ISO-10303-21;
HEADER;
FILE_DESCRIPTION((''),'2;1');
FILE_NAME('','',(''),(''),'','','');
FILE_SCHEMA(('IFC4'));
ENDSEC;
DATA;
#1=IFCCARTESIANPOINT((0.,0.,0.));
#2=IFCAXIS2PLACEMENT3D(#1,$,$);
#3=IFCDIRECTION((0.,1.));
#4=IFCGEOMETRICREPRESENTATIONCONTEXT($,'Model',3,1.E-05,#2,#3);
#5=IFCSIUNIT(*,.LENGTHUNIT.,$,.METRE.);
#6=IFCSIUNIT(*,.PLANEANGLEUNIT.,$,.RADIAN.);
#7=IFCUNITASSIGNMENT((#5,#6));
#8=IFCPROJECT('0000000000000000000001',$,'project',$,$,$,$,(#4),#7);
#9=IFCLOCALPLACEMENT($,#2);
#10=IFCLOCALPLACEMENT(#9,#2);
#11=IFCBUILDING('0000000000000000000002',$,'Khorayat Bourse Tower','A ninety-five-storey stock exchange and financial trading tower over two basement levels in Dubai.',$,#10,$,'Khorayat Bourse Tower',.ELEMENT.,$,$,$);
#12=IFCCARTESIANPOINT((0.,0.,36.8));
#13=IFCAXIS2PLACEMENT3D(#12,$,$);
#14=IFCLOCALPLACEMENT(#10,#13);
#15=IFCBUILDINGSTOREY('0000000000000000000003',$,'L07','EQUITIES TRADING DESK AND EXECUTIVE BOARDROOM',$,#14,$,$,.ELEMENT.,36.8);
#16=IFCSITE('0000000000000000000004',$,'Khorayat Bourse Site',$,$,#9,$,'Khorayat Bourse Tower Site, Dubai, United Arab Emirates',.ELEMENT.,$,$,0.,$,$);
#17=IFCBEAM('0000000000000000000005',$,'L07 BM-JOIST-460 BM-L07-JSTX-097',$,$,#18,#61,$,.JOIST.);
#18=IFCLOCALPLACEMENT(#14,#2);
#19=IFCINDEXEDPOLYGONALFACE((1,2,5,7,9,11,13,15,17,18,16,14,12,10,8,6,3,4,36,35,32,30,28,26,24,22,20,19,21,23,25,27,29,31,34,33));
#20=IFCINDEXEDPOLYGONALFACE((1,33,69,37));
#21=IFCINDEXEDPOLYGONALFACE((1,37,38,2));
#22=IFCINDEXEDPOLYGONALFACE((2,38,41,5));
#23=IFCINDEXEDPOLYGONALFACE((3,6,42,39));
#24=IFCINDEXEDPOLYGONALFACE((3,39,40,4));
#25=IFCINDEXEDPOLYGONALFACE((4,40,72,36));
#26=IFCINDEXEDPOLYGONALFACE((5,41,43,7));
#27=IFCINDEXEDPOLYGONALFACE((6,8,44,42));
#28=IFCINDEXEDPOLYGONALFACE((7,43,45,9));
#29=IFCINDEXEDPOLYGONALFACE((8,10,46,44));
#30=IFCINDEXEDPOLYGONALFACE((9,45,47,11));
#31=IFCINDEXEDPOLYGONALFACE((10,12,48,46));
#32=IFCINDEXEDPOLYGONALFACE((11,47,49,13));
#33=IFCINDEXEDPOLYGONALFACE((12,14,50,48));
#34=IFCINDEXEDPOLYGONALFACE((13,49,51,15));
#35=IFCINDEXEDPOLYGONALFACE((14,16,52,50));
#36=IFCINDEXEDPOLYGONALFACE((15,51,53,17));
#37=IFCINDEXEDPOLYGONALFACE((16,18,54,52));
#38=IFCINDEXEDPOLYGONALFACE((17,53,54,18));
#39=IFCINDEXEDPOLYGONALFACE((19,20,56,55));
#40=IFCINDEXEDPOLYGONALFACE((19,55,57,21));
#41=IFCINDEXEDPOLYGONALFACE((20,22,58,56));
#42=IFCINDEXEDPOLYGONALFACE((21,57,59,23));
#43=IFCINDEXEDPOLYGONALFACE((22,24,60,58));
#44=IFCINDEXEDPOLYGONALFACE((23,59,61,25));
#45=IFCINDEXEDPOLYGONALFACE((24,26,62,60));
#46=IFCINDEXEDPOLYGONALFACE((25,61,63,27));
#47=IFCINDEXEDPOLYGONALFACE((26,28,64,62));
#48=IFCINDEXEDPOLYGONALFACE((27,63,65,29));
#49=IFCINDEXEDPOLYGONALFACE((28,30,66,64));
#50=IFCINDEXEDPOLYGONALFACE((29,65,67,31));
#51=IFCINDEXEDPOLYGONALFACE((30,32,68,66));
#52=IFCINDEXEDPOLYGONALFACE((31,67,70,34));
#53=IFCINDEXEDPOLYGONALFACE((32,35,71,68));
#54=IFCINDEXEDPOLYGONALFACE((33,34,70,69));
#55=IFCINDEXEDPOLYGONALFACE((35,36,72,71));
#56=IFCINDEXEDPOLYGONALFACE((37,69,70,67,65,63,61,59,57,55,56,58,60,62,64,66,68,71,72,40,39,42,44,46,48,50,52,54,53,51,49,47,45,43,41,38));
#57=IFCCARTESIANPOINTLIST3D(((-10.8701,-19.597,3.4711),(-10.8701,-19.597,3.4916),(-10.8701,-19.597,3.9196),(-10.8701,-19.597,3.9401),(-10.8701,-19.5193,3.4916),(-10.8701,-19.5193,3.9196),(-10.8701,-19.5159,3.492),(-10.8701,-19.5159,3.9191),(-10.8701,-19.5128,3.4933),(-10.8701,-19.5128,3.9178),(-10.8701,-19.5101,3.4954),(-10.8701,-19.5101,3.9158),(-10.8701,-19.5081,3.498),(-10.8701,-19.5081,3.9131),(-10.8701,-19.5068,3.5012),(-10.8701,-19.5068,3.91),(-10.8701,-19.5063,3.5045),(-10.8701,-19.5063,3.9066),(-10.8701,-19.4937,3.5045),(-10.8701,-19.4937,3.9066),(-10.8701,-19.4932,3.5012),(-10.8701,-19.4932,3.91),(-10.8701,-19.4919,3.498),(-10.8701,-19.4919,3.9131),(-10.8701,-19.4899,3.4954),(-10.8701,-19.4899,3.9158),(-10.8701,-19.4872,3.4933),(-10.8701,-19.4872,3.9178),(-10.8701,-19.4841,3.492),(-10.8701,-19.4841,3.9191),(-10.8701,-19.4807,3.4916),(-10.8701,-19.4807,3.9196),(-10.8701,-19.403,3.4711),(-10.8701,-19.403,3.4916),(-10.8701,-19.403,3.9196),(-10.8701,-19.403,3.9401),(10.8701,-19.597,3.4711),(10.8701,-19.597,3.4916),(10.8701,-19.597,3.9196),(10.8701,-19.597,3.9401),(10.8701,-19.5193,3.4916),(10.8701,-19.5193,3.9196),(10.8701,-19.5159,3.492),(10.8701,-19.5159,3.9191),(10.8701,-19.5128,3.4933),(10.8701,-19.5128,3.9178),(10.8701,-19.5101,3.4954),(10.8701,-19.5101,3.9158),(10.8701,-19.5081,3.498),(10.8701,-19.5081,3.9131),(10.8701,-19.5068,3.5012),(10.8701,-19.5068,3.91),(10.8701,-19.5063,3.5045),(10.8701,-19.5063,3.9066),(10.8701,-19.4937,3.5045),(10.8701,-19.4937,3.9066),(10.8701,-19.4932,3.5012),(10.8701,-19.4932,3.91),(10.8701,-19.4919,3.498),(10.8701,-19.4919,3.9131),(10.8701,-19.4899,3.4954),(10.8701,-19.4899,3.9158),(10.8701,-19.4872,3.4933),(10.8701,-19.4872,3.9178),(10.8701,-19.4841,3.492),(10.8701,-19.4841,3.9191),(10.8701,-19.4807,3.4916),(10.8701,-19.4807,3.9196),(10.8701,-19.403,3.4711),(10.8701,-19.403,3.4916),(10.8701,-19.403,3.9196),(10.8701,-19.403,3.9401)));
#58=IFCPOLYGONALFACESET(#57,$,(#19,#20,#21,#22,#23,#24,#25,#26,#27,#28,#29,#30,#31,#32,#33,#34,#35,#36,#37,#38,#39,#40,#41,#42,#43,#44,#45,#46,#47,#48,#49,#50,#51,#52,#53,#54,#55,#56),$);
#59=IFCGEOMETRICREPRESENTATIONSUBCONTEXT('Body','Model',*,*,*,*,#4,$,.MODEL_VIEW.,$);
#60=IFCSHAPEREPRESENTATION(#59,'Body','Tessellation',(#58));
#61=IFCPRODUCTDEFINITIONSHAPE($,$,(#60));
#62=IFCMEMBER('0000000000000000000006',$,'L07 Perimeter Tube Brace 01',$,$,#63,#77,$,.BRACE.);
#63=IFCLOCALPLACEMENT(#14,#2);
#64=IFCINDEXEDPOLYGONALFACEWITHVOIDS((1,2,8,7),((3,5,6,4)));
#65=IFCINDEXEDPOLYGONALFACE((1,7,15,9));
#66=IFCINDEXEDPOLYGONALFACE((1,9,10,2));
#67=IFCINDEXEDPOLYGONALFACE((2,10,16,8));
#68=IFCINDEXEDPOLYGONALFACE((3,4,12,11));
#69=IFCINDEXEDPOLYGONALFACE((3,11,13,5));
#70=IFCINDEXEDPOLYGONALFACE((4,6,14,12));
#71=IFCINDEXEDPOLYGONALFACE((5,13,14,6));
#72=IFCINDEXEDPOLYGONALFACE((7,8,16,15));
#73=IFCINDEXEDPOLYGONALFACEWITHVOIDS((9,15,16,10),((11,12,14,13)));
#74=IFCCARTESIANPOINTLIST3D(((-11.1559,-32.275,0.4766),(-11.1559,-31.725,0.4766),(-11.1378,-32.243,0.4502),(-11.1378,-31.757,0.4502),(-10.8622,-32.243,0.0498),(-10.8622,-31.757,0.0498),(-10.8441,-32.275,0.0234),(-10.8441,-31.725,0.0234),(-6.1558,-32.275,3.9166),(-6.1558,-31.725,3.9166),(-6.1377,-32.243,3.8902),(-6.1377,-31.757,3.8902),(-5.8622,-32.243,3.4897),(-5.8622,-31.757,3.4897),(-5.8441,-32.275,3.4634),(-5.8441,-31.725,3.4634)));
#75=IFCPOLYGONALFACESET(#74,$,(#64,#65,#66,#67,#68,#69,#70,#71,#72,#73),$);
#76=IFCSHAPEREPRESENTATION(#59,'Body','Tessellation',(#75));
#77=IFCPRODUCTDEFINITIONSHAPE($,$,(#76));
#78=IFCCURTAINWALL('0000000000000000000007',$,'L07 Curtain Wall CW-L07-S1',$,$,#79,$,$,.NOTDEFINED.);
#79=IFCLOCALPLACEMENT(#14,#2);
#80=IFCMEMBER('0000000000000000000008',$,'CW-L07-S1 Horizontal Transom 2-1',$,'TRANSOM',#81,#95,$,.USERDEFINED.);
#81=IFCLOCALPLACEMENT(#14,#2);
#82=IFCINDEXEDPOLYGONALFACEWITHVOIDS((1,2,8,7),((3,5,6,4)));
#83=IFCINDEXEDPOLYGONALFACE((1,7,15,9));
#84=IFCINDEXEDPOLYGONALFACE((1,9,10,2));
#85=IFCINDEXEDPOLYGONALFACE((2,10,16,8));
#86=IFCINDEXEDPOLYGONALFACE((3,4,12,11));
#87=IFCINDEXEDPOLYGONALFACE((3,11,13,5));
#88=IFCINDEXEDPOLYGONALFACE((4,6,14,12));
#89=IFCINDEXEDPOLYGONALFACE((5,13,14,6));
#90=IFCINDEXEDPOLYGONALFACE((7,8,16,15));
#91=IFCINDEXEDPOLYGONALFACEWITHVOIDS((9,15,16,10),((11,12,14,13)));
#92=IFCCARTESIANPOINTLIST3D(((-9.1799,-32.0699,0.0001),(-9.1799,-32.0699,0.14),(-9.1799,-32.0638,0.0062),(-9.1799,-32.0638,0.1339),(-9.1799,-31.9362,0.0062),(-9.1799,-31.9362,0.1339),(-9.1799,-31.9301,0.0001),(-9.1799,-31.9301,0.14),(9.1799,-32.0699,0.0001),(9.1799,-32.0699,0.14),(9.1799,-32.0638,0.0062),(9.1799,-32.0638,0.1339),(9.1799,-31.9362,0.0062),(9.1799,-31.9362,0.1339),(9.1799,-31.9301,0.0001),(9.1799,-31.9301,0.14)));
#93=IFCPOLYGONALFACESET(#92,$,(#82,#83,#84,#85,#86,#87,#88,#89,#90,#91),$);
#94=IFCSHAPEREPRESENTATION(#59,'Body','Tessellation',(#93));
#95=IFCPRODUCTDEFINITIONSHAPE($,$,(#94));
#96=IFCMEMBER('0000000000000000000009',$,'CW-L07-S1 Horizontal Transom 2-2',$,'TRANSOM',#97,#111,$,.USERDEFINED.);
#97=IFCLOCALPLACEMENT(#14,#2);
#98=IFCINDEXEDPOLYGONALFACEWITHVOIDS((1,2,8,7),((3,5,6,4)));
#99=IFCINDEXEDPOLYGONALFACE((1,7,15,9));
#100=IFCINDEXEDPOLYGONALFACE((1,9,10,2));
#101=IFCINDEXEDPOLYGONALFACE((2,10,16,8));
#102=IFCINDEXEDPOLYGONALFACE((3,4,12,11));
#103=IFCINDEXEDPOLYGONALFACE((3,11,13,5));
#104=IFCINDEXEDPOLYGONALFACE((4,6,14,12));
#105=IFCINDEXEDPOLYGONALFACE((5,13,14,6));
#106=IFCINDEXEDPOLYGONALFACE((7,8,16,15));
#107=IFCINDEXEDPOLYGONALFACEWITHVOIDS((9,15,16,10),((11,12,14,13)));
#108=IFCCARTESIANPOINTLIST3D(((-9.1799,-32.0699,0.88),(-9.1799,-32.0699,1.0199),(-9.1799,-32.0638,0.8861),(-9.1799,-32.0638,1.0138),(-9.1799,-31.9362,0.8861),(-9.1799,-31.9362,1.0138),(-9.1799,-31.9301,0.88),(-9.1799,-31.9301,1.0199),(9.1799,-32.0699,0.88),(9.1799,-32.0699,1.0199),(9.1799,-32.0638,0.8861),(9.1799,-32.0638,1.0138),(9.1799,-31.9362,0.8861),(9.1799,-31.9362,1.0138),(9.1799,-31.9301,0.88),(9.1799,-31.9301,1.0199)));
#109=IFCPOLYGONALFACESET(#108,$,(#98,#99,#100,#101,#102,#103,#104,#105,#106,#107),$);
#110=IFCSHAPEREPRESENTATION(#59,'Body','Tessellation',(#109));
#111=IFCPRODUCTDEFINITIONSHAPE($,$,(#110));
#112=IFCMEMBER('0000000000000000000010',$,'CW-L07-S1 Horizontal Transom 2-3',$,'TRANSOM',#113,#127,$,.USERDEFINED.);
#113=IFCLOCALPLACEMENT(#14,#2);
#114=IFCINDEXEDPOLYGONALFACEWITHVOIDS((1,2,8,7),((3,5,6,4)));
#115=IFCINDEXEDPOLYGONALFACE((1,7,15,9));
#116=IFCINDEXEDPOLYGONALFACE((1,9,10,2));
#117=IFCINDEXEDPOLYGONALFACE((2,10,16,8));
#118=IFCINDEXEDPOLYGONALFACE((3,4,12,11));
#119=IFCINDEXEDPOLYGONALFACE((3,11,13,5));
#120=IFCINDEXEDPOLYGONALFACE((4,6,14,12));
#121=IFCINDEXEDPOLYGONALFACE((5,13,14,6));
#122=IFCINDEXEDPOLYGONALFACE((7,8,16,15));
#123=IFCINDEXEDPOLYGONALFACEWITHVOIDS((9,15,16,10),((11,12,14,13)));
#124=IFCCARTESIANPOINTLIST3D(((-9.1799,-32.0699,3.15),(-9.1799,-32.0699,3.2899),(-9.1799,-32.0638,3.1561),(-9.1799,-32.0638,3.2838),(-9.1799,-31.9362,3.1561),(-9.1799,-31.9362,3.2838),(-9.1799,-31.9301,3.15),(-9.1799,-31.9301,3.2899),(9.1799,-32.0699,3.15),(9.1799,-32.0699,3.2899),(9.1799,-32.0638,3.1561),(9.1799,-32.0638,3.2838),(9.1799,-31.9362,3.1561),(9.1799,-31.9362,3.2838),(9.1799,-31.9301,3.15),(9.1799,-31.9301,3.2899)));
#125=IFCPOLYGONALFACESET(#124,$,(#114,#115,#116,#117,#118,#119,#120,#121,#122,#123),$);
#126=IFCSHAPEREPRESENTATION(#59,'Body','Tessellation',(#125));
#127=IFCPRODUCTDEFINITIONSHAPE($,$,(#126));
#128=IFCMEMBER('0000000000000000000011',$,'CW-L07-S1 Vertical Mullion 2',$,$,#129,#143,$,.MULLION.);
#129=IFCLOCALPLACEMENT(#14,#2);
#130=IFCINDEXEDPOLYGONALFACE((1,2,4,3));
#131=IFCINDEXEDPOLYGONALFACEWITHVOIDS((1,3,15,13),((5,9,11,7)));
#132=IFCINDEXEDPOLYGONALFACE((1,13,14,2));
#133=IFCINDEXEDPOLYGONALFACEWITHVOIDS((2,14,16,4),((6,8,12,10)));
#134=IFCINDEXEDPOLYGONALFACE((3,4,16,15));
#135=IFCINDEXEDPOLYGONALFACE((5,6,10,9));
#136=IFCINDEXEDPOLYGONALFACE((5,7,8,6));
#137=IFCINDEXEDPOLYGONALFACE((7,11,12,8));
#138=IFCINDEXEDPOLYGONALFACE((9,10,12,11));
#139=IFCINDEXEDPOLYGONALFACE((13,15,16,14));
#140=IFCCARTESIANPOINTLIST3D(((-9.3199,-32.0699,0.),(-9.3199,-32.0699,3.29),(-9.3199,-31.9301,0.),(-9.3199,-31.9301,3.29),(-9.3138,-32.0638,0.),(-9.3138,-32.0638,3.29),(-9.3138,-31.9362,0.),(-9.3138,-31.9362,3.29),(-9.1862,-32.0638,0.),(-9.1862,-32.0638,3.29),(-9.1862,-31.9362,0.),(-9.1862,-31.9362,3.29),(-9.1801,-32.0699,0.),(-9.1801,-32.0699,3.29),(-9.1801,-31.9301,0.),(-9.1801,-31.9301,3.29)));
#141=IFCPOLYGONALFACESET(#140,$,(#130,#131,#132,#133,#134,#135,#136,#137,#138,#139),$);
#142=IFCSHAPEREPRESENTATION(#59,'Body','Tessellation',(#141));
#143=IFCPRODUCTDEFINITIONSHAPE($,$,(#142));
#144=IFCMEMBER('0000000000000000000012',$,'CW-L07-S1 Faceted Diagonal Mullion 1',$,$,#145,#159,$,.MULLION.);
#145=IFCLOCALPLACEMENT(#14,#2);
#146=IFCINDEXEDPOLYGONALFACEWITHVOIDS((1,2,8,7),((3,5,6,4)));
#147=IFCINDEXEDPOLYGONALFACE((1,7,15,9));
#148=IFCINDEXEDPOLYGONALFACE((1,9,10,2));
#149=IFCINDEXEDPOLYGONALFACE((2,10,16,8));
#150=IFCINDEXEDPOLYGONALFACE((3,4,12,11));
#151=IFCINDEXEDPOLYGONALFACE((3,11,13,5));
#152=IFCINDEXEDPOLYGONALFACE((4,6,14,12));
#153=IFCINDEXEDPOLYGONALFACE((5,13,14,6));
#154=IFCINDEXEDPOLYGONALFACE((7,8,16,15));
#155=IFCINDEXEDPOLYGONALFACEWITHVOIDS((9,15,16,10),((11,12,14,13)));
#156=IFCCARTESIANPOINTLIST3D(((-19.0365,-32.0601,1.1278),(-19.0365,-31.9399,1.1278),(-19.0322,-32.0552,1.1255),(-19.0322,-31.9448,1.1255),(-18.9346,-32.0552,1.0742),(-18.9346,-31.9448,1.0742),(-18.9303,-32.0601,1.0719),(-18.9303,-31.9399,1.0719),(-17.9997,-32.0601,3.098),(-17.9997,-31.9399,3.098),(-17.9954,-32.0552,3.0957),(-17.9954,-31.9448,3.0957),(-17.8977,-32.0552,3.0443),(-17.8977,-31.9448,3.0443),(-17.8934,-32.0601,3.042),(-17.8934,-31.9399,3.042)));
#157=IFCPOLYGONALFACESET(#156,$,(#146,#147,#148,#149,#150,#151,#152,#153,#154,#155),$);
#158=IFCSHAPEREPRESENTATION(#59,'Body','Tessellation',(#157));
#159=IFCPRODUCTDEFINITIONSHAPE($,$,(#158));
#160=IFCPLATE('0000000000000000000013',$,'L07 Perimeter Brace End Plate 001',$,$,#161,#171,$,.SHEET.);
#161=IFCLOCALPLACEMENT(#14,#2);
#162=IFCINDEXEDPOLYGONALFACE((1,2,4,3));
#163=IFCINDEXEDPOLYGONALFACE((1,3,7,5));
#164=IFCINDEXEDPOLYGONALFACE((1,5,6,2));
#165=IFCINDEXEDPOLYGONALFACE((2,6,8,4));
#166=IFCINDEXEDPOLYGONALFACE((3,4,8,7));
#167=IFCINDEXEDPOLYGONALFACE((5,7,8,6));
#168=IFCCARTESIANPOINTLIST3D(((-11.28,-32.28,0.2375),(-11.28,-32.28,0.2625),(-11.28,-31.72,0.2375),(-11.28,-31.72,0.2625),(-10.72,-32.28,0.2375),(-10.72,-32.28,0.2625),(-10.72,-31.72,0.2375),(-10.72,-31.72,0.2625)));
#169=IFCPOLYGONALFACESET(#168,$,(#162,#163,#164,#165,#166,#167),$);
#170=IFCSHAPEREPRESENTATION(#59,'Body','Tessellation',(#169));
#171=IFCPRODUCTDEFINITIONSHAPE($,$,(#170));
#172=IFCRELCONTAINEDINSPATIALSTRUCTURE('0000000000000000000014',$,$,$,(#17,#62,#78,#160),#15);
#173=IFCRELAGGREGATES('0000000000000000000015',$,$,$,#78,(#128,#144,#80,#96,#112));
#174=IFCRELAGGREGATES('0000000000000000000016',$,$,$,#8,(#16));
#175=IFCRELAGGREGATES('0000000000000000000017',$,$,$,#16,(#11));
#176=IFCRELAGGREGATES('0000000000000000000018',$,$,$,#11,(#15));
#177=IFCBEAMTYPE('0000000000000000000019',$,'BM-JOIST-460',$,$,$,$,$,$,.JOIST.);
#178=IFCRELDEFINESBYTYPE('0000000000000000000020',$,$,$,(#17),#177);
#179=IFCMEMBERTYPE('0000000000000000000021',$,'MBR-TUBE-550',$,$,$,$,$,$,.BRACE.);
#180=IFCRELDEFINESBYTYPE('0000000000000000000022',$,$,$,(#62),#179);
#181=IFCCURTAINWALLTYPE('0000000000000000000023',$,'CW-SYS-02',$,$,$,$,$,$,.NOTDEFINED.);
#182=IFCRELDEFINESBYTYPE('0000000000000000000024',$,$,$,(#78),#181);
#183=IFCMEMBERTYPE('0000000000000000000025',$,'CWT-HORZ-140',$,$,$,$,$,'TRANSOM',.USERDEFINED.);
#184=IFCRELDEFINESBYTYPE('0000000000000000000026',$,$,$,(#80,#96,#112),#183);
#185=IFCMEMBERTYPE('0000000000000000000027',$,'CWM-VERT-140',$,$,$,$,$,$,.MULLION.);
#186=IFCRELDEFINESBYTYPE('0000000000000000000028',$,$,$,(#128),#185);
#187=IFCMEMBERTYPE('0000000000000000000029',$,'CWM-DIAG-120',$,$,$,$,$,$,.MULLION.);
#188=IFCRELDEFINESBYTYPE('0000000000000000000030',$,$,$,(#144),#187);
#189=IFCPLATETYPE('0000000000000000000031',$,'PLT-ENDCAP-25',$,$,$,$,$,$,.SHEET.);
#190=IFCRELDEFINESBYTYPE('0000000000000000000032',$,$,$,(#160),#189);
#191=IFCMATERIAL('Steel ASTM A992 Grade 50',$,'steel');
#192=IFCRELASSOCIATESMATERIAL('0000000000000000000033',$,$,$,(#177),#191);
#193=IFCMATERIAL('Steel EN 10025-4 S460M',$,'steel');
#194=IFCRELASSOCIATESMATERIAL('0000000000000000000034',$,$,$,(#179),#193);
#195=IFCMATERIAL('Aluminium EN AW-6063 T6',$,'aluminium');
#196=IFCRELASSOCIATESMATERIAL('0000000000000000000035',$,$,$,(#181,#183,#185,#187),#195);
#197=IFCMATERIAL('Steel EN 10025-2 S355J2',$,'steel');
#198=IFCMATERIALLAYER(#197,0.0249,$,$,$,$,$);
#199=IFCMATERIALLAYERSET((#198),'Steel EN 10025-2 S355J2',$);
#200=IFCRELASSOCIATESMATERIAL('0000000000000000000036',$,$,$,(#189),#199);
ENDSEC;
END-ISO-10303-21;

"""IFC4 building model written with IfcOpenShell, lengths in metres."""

from ifc_helpers import new_model, si_unit, direction, frame, origin, origin_2d, place, context, subcontext, project, spatial, rectangle, hollow_rectangle, i_section, extrude, source, transform, mapped, material, layer, layer_set, material_profile, profile_set, type_object, element, aggregate, save


model = new_model("IFC4")

# Units and contexts
model_context = context("Model", 3, precision=1e-05, world=origin(), true_north=direction((0.0, 1.0)))
body_context = subcontext(model_context, "Body", "Model", "MODEL_VIEW")
ifc_project = project(units=[si_unit("LENGTHUNIT", "METRE"), si_unit("PLANEANGLEUNIT", "RADIAN")], contexts=[model_context])

# Site, building, storey
site_placement = place(None, origin())
site = spatial("IfcSite", under=ifc_project, at=site_placement, Name="Khorayat Bourse Site", LongName="Khorayat Bourse Tower Site, Dubai, United Arab Emirates", CompositionType="ELEMENT", RefElevation=0.0)
building_placement = place(site_placement, origin())
building = spatial("IfcBuilding", under=site, at=building_placement, Name="Khorayat Bourse Tower", Description="A ninety-five-storey stock exchange and financial trading tower over two basement levels in Dubai.", LongName="Khorayat Bourse Tower", CompositionType="ELEMENT")
storey_placement = place(building_placement, frame((0.0, 0.0, 36.8)))
storey = spatial("IfcBuildingStorey", under=building, at=storey_placement, Name="L07", Description="EQUITIES TRADING DESK AND EXECUTIVE BOARDROOM", CompositionType="ELEMENT", Elevation=36.8)

# Shared definitions
ifc_material_1 = material(Name="Steel EN 10025-4 S460M", Category="steel")

# Beam
ifc_material_2 = material(Name="Steel ASTM A992 Grade 50", Category="steel")
ifc_material_profile_1 = material_profile(ifc_material_2, i_section(OverallWidth=0.1941, OverallDepth=0.469, WebThickness=0.0127, FlangeThickness=0.0205, FilletRadius=0.0129, at=origin_2d()), Name="W460X106")
ifc_profile_set_1 = profile_set([ifc_material_profile_1], Name="Steel ASTM A992 Grade 50")
beam_type_1 = type_object("IfcBeamType", Name="BM-JOIST-460", PredefinedType="JOIST", material=ifc_profile_set_1)
shared_shape_1 = source(origin(), body_context, "Body", "SweptSolid", [
    extrude(i_section(OverallWidth=0.1941, OverallDepth=0.469, WebThickness=0.0127, FlangeThickness=0.0205, FilletRadius=0.0129, at=origin_2d()), origin(), (0.0, 0.0, 1.0), 21.7402),
])
beam_1_placement = place(storey_placement, frame((-10.8701, -19.5, 3.7056), z_axis=(1.0, 0.0, 0.0), x_axis=(0.0, 1.0, 0.0)))
element("IfcBeam", 1, at=beam_1_placement, inside=storey, type_object=beam_type_1, Name="L07 BM-JOIST-460 BM-L07-JSTX-097", PredefinedType="JOIST", context=body_context, shape_type="MappedRepresentation", body=[
    mapped(shared_shape_1, transform((0.0, 0.0, 0.0), scale=1.0)),
])

# Member
ifc_material_profile_2 = material_profile(ifc_material_1, hollow_rectangle(XDim=0.55, YDim=0.55, WallThickness=0.032, at=origin_2d()), Name="HSS 550x550x32")
ifc_profile_set_2 = profile_set([ifc_material_profile_2], Name="Steel EN 10025-4 S460M")
member_type_1 = type_object("IfcMemberType", Name="MBR-TUBE-550", PredefinedType="BRACE", material=ifc_profile_set_2)
shared_shape_2 = source(origin(), body_context, "Body", "SweptSolid", [
    extrude(hollow_rectangle(XDim=0.55, YDim=0.55, WallThickness=0.032, at=origin_2d()), origin(), (0.0, 0.0, 1.0), 6.0691),
])
member_1_placement = place(storey_placement, frame((-11.0, -32.0, 0.25), z_axis=(0.823854, 0.0, 0.566802), x_axis=(0.0, 1.0, 0.0)))
element("IfcMember", 2, at=member_1_placement, inside=storey, type_object=member_type_1, Name="L07 Perimeter Tube Brace 01", PredefinedType="BRACE", context=body_context, shape_type="MappedRepresentation", body=[
    mapped(shared_shape_2, transform((0.0, 0.0, 0.0), scale=1.0)),
])

# Curtain wall, members
ifc_material_3 = material(Name="Aluminium EN AW-6063 T6", Category="aluminium")
curtain_wall_type = type_object("IfcCurtainWallType", Name="CW-SYS-02", PredefinedType="NOTDEFINED", material=ifc_material_3)
curtain_wall_placement = place(storey_placement, origin())
curtain_wall = element("IfcCurtainWall", 3, at=curtain_wall_placement, inside=storey, type_object=curtain_wall_type, Name="L07 Curtain Wall CW-L07-S1", PredefinedType="NOTDEFINED")
ifc_material_profile_3 = material_profile(ifc_material_3, hollow_rectangle(XDim=0.1399, YDim=0.1399, WallThickness=0.0061, at=origin_2d()), Name="ALU 140x140x6")
ifc_profile_set_3 = profile_set([ifc_material_profile_3], Name="Aluminium EN AW-6063 T6")
member_type_2 = type_object("IfcMemberType", Name="CWT-HORZ-140", ElementType="TRANSOM", PredefinedType="USERDEFINED", material=ifc_profile_set_3)
shared_shape_3 = source(origin(), body_context, "Body", "SweptSolid", [
    extrude(hollow_rectangle(XDim=0.1399, YDim=0.1399, WallThickness=0.0061, at=origin_2d()), origin(), (0.0, 0.0, 1.0), 18.3599),
])
member_2_placement = place(storey_placement, frame((-9.1799, -32.0, 0.0701), z_axis=(1.0, 0.0, 0.0), x_axis=(0.0, 1.0, 0.0)))
member_2 = element("IfcMember", 4, at=member_2_placement, type_object=member_type_2, Name="CW-L07-S1 Horizontal Transom 2-1", ObjectType="TRANSOM", PredefinedType="USERDEFINED", context=body_context, shape_type="MappedRepresentation", body=[
    mapped(shared_shape_3, transform((0.0, 0.0, 0.0), scale=1.0)),
])
member_3_placement = place(storey_placement, frame((-9.1799, -32.0, 0.95), z_axis=(1.0, 0.0, 0.0), x_axis=(0.0, 1.0, 0.0)))
member_3 = element("IfcMember", 5, at=member_3_placement, type_object=member_type_2, Name="CW-L07-S1 Horizontal Transom 2-2", ObjectType="TRANSOM", PredefinedType="USERDEFINED", context=body_context, shape_type="MappedRepresentation", body=[
    mapped(shared_shape_3, transform((0.0, 0.0, 0.0), scale=1.0)),
])
member_4_placement = place(storey_placement, frame((-9.1799, -32.0, 3.22), z_axis=(1.0, 0.0, 0.0), x_axis=(0.0, 1.0, 0.0)))
member_4 = element("IfcMember", 6, at=member_4_placement, type_object=member_type_2, Name="CW-L07-S1 Horizontal Transom 2-3", ObjectType="TRANSOM", PredefinedType="USERDEFINED", context=body_context, shape_type="MappedRepresentation", body=[
    mapped(shared_shape_3, transform((0.0, 0.0, 0.0), scale=1.0)),
])
ifc_material_profile_4 = material_profile(ifc_material_3, hollow_rectangle(XDim=0.1399, YDim=0.1399, WallThickness=0.0061, at=origin_2d()), Name="ALU 140x140x6")
ifc_profile_set_4 = profile_set([ifc_material_profile_4], Name="Aluminium EN AW-6063 T6")
member_type_3 = type_object("IfcMemberType", Name="CWM-VERT-140", PredefinedType="MULLION", material=ifc_profile_set_4)
shared_shape_4 = source(origin(), body_context, "Body", "SweptSolid", [
    extrude(hollow_rectangle(XDim=0.1399, YDim=0.1399, WallThickness=0.0061, at=origin_2d()), origin(), (0.0, 0.0, 1.0), 3.29),
])
member_5_placement = place(storey_placement, frame((-9.25, -32.0, 0.0), z_axis=(0.0, 0.0, 1.0), x_axis=(0.0, 1.0, 0.0)))
member_5 = element("IfcMember", 7, at=member_5_placement, type_object=member_type_3, Name="CW-L07-S1 Vertical Mullion 2", PredefinedType="MULLION", context=body_context, shape_type="MappedRepresentation", body=[
    mapped(shared_shape_4, transform((0.0, 0.0, 0.0), scale=1.0)),
])
ifc_material_profile_5 = material_profile(ifc_material_3, hollow_rectangle(XDim=0.1201, YDim=0.1201, WallThickness=0.0049, at=origin_2d()), Name="ALU 120x120x5")
ifc_profile_set_5 = profile_set([ifc_material_profile_5], Name="Aluminium EN AW-6063 T6")
member_type_4 = type_object("IfcMemberType", Name="CWM-DIAG-120", PredefinedType="MULLION", material=ifc_profile_set_5)
shared_shape_5 = source(origin(), body_context, "Body", "SweptSolid", [
    extrude(hollow_rectangle(XDim=0.1201, YDim=0.1201, WallThickness=0.0049, at=origin_2d()), origin(), (0.0, 0.0, 1.0), 2.2263),
])
member_6_placement = place(storey_placement, frame((-18.9834, -32.0, 1.0999), z_axis=(0.465715, 0.0, 0.884935), x_axis=(0.0, 1.0, 0.0)))
member_6 = element("IfcMember", 8, at=member_6_placement, type_object=member_type_4, Name="CW-L07-S1 Faceted Diagonal Mullion 1", PredefinedType="MULLION", context=body_context, shape_type="MappedRepresentation", body=[
    mapped(shared_shape_5, transform((0.0, 0.0, 0.0), scale=1.0)),
])

# Plate
ifc_material_4 = material(Name="Steel EN 10025-2 S355J2", Category="steel")
ifc_layer_1 = layer(ifc_material_4, 0.0249)
ifc_layer_set_1 = layer_set([ifc_layer_1], Name="Steel EN 10025-2 S355J2")
plate_type_1 = type_object("IfcPlateType", Name="PLT-ENDCAP-25", PredefinedType="SHEET", material=ifc_layer_set_1)
shared_shape_6 = source(origin(), body_context, "Body", "SweptSolid", [
    extrude(rectangle(XDim=0.5601, YDim=0.5601, at=origin_2d()), origin(), (0.0, 0.0, 1.0), 0.0249),
])
for number, where, z_axis, x_axis, name in (
    (9, (-11.0, -32.0, 0.2375), (0.0, 0.0, 1.0), (1.0, 0.0, 0.0), "L07 Perimeter Brace End Plate 001"),
):
    element("IfcPlate", number, at=place(storey_placement, frame(where, z_axis=z_axis, x_axis=x_axis)), inside=storey, type_object=plate_type_1, Name=name, PredefinedType="SHEET", context=body_context, shape_type="MappedRepresentation", body=[
        mapped(shared_shape_6, transform((0.0, 0.0, 0.0), scale=1.0)),
    ])

aggregate(curtain_wall, [member_5, member_6, member_2, member_3, member_4])

save(model, "model.ifc")
